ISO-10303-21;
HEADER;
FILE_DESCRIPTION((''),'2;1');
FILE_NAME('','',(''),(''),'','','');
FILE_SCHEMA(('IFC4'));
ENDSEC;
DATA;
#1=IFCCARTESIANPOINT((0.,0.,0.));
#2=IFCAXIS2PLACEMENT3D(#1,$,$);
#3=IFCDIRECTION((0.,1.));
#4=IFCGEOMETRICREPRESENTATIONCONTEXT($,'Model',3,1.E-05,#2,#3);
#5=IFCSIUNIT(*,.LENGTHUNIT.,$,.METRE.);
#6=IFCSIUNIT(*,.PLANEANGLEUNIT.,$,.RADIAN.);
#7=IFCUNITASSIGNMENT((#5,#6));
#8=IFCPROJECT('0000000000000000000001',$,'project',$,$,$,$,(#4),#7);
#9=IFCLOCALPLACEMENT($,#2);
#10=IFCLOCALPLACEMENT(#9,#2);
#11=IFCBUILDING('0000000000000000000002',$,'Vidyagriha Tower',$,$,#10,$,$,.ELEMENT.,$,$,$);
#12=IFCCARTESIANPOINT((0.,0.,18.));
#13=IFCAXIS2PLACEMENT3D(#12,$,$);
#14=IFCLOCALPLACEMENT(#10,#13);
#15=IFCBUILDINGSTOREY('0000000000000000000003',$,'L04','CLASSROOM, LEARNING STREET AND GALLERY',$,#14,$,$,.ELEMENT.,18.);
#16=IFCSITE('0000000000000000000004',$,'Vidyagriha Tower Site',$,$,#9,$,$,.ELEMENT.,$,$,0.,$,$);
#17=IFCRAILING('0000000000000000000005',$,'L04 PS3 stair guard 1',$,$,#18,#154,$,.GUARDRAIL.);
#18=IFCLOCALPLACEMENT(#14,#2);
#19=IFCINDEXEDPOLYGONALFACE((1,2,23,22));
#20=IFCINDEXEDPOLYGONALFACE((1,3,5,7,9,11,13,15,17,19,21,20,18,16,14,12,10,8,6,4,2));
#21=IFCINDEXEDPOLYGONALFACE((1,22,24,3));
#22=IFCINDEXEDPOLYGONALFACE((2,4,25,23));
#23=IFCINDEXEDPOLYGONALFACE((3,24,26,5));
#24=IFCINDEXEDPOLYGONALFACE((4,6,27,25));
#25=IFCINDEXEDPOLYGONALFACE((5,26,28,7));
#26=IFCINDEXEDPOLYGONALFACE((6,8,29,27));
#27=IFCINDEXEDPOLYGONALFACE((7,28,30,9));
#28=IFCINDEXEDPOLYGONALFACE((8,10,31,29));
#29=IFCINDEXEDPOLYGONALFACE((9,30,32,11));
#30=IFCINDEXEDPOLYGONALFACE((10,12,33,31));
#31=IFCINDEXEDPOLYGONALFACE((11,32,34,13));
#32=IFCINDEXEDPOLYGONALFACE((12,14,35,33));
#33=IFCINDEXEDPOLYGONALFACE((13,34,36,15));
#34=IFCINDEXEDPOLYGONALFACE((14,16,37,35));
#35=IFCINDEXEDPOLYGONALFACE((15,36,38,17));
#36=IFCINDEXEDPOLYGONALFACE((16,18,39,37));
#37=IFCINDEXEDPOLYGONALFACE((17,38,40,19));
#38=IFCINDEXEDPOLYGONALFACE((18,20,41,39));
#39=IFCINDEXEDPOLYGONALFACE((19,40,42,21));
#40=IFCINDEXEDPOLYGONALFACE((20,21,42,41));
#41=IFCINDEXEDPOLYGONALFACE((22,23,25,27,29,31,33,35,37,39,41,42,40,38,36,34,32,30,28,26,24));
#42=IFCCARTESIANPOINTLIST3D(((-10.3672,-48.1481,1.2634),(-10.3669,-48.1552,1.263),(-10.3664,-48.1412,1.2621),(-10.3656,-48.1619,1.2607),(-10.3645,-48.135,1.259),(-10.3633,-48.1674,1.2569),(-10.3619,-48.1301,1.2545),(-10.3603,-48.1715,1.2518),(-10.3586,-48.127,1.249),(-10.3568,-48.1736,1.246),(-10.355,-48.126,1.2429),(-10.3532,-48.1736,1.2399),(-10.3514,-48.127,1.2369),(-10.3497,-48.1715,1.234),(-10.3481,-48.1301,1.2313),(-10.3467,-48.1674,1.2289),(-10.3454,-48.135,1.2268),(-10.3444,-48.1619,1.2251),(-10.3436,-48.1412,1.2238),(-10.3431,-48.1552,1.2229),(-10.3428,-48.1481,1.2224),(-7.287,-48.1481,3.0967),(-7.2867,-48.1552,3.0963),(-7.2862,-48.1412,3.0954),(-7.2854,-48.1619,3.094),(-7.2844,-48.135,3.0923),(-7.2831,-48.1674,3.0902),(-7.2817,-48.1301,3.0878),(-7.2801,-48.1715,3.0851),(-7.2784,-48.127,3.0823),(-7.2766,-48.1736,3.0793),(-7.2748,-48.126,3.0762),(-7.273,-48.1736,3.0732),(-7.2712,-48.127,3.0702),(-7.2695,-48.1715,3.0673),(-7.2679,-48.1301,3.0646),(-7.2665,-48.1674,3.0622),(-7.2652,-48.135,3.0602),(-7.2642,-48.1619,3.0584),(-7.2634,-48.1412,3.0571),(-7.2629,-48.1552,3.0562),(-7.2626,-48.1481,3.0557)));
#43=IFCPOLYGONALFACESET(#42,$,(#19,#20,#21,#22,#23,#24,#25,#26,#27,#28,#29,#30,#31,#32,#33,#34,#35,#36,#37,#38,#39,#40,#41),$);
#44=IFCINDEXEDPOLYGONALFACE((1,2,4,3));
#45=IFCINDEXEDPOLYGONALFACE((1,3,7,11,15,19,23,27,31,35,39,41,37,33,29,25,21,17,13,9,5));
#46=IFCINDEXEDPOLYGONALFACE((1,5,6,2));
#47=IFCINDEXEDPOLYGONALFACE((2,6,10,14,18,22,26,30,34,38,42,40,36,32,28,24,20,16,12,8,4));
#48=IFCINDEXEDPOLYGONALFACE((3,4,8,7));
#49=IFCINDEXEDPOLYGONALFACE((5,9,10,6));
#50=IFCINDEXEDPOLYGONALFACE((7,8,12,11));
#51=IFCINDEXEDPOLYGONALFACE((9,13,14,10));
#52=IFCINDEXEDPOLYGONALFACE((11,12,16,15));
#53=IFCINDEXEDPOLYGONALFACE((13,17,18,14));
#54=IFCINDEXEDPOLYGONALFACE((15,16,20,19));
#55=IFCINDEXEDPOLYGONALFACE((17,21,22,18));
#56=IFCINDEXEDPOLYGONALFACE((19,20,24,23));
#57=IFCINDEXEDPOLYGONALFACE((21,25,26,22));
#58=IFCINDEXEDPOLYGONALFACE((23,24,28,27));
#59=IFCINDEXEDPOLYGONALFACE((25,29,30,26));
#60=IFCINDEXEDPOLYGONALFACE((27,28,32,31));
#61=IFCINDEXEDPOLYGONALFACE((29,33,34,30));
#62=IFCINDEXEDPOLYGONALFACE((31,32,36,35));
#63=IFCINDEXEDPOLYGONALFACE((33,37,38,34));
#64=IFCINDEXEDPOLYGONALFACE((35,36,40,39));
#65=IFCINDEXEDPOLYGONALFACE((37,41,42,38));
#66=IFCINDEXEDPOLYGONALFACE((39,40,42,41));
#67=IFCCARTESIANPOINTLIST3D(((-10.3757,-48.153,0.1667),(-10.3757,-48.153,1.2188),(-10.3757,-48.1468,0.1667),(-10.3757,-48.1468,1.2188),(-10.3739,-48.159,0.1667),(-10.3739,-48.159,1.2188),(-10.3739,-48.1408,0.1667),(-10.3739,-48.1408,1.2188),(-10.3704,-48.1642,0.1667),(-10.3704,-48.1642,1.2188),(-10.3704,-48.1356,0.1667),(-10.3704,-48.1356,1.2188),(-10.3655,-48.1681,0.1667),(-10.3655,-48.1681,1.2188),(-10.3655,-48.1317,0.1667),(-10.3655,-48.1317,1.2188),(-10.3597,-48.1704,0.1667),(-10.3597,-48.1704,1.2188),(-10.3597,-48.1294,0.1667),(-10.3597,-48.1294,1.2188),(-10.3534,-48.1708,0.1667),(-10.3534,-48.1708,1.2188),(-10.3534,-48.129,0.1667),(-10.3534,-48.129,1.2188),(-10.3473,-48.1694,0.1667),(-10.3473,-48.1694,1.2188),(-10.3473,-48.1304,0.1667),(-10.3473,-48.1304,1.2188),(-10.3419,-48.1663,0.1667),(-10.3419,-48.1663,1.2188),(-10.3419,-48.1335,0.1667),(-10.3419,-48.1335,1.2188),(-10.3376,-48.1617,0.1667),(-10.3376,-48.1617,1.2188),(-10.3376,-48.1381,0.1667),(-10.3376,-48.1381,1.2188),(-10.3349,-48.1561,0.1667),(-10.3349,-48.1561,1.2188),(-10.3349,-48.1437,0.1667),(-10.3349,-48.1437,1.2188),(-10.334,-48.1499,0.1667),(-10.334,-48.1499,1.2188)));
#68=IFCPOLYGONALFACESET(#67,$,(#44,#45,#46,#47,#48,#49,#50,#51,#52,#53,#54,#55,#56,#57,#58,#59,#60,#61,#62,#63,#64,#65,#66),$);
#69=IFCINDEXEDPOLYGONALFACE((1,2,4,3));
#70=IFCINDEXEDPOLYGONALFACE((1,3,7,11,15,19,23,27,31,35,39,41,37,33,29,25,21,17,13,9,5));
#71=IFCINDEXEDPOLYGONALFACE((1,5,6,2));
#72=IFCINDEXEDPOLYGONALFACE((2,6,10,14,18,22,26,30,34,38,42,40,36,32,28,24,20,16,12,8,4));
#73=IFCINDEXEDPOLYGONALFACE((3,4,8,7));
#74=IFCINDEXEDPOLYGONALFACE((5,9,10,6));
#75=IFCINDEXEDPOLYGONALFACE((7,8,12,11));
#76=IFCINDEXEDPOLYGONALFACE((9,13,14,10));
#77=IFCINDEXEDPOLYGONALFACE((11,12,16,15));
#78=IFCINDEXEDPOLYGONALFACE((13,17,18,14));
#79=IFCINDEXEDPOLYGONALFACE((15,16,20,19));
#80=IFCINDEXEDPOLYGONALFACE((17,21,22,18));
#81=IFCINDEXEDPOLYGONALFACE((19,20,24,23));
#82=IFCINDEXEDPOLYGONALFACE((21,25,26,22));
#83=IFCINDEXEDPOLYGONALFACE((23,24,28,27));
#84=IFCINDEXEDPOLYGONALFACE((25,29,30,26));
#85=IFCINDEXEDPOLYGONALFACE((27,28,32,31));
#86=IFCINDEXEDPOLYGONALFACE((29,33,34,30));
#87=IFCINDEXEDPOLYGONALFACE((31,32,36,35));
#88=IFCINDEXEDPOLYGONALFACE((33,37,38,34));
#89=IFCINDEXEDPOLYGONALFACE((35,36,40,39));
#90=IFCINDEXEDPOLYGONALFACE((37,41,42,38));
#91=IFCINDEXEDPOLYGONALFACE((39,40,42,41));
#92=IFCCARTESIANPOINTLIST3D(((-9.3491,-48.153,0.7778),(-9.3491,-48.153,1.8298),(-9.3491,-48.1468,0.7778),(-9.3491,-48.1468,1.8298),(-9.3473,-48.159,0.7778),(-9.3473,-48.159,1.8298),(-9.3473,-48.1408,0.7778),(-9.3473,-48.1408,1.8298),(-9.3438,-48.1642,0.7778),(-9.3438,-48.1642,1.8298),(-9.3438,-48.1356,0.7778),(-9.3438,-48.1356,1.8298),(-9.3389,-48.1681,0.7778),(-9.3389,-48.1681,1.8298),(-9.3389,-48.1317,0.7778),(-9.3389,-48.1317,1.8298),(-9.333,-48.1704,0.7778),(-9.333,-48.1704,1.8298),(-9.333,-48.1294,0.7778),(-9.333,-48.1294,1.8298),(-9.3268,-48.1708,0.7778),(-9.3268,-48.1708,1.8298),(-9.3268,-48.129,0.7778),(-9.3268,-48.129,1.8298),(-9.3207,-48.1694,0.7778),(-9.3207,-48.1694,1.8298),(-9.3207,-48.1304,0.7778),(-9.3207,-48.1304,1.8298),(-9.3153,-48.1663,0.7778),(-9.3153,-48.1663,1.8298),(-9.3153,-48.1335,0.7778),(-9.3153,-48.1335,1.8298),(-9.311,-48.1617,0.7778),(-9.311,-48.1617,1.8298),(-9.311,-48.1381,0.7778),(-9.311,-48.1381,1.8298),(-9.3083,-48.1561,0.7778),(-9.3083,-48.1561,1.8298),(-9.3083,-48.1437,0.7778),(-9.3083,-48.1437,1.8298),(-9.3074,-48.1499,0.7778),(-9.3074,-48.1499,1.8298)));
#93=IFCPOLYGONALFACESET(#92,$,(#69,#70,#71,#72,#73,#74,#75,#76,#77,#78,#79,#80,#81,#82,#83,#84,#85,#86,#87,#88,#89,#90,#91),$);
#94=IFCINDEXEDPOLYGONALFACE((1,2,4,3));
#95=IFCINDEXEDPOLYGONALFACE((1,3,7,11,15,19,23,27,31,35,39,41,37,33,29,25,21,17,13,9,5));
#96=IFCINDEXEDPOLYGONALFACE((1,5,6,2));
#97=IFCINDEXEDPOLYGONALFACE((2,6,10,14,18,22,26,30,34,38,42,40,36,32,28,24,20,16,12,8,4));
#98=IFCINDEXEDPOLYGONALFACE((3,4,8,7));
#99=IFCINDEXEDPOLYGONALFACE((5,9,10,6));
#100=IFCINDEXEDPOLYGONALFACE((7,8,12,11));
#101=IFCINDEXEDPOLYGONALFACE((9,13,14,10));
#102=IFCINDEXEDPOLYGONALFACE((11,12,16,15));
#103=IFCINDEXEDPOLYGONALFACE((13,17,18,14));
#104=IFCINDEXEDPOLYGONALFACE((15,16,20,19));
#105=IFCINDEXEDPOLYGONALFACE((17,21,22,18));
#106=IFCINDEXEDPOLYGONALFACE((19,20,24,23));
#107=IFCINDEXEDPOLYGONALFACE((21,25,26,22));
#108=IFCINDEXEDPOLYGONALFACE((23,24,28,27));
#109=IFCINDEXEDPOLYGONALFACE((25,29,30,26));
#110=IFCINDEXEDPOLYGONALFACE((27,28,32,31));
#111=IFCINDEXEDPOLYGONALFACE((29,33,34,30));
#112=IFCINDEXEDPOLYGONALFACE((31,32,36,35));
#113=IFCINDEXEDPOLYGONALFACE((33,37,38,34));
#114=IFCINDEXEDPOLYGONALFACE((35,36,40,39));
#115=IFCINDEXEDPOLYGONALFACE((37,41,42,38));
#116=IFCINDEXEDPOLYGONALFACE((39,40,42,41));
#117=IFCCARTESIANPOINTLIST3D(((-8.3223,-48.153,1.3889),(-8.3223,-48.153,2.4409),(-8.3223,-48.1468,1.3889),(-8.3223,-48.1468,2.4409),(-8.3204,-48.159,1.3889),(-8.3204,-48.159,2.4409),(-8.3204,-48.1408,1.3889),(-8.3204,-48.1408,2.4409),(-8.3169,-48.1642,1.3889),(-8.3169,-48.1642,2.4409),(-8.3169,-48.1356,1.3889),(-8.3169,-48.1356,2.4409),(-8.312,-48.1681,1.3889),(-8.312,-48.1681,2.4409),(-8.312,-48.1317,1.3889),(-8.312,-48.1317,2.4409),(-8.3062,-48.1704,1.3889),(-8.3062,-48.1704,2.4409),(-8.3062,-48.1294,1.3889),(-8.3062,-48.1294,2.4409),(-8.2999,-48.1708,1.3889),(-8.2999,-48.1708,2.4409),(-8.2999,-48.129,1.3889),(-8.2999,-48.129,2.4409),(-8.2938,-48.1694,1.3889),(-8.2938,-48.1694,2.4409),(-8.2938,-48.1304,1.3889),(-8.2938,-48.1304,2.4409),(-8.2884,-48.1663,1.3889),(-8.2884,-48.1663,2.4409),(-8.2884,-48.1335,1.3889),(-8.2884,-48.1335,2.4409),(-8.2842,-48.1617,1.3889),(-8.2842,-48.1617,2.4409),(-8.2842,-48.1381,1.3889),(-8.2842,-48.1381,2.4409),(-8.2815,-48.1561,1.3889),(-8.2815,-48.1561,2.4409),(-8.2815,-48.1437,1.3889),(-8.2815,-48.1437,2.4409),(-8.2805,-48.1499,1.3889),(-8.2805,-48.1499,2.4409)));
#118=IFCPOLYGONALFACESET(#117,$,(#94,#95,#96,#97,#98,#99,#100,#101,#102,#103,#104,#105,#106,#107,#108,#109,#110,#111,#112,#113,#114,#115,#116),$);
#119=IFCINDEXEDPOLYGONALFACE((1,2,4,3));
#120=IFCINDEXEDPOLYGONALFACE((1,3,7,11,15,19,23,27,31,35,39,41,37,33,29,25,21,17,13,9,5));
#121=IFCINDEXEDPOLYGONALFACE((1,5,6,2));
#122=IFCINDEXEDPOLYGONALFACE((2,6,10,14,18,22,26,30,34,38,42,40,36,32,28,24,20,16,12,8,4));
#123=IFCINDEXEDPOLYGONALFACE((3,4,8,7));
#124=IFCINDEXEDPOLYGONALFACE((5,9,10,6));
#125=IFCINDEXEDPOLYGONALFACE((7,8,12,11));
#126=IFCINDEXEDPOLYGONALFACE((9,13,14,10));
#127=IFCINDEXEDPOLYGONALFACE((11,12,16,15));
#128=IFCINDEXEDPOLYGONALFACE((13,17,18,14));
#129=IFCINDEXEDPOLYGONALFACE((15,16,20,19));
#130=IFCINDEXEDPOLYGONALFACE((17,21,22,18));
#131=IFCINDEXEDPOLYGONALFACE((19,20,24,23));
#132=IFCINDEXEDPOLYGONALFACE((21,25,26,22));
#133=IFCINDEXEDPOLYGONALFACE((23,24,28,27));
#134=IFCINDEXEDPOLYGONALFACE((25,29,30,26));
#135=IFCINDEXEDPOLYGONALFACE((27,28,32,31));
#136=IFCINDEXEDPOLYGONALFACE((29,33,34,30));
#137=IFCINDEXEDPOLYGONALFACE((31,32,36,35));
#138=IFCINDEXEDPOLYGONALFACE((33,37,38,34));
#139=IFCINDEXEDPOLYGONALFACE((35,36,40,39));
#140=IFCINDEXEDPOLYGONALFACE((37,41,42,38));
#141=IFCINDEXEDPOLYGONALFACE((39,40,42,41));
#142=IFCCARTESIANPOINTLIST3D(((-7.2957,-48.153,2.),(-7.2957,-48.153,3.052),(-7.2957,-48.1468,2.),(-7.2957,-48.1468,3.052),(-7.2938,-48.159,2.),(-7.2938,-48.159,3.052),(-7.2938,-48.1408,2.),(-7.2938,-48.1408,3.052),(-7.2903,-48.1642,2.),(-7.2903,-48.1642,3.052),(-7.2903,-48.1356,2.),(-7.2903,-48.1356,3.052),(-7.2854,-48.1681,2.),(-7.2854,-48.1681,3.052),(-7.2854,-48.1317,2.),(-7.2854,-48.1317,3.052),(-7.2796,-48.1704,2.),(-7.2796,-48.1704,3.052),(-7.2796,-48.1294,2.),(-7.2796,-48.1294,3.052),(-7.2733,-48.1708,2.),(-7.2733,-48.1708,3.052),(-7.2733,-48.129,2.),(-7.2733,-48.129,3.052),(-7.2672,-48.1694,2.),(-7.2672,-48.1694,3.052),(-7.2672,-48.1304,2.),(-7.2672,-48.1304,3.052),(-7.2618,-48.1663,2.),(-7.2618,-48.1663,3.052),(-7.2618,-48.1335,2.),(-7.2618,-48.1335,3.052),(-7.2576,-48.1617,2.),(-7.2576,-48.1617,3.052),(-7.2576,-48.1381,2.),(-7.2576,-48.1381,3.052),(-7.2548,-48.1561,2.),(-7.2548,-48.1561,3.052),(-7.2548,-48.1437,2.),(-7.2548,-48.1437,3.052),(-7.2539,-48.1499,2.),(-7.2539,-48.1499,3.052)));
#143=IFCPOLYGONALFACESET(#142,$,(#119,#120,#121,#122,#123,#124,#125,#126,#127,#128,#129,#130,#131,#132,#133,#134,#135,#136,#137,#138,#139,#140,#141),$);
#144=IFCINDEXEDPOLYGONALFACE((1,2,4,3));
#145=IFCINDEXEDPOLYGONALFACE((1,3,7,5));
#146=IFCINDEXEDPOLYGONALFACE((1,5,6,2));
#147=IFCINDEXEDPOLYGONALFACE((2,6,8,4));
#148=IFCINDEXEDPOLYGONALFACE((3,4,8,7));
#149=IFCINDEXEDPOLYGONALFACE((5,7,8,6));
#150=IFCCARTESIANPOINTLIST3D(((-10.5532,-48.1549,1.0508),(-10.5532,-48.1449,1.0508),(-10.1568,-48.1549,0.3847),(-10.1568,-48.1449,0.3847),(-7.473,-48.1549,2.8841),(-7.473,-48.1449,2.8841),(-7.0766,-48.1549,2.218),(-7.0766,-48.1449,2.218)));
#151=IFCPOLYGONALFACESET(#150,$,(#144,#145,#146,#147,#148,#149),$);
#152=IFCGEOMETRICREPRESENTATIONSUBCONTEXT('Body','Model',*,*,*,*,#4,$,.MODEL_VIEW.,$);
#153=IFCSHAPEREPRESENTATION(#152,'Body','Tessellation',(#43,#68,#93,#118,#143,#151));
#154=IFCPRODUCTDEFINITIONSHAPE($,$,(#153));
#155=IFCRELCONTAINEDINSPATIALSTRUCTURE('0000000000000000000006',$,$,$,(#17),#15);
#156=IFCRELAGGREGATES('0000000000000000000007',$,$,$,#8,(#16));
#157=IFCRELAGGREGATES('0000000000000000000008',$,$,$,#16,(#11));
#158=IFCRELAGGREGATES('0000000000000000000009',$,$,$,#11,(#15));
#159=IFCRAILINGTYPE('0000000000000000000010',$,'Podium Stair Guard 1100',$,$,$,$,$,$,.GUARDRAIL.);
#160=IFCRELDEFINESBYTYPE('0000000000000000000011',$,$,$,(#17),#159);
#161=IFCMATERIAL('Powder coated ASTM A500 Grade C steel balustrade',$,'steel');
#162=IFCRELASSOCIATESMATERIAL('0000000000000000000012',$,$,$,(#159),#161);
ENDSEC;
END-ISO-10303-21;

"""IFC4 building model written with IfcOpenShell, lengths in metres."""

from ifc_helpers import new_model, si_unit, direction, frame, origin, origin_2d, place, context, subcontext, project, spatial, rectangle, circle, extrude, material, type_object, element, save


model = new_model("IFC4")

# Units and contexts
model_context = context("Model", 3, precision=1e-05, world=origin(), true_north=direction((0.0, 1.0)))
body_context = subcontext(model_context, "Body", "Model", "MODEL_VIEW")
ifc_project = project(units=[si_unit("LENGTHUNIT", "METRE"), si_unit("PLANEANGLEUNIT", "RADIAN")], contexts=[model_context])

# Site, building, storey
site_placement = place(None, origin())
site = spatial("IfcSite", under=ifc_project, at=site_placement, Name="Vidyagriha Tower Site", CompositionType="ELEMENT", RefElevation=0.0)
building_placement = place(site_placement, origin())
building = spatial("IfcBuilding", under=site, at=building_placement, Name="Vidyagriha Tower", CompositionType="ELEMENT")
storey_placement = place(building_placement, frame((0.0, 0.0, 18.0)))
storey = spatial("IfcBuildingStorey", under=building, at=storey_placement, Name="L04", Description="CLASSROOM, LEARNING STREET AND GALLERY", CompositionType="ELEMENT", Elevation=18.0)

# Railing
ifc_material_1 = material(Name="Powder coated ASTM A500 Grade C steel balustrade", Category="steel")
railing_type_1 = type_object("IfcRailingType", Name="Podium Stair Guard 1100", PredefinedType="GUARDRAIL", material=ifc_material_1)
railing_1_placement = place(storey_placement, frame((-10.355, -48.1499, 0.1667)))
element("IfcRailing", 1, at=railing_1_placement, inside=storey, type_object=railing_type_1, Name="L04 PS3 stair guard 1", PredefinedType="GUARDRAIL", context=body_context, shape_type="SweptSolid", body=[
    extrude(circle(Radius=0.0239, at=origin_2d()), frame((0.0, 0.0, 1.0762), z_axis=(0.859309, 0.0, 0.511458), x_axis=(0.0, 1.0, 0.0)), (0.0, 0.0, 1.0), 3.5845),
    extrude(circle(Radius=0.021, at=origin_2d()), origin(), (0.0, 0.0, 1.0), 1.052),
    extrude(circle(Radius=0.021, at=origin_2d()), frame((1.0266, 0.0, 0.6111)), (0.0, 0.0, 1.0), 1.052),
    extrude(circle(Radius=0.021, at=origin_2d()), frame((2.0535, 0.0, 1.2222)), (0.0, 0.0, 1.0), 1.052),
    extrude(circle(Radius=0.021, at=origin_2d()), frame((3.0801, 0.0, 1.8333)), (0.0, 0.0, 1.0), 1.052),
    extrude(rectangle(XDim=0.01, YDim=0.7751, at=origin_2d()), frame((0.0, 0.0, 0.551), z_axis=(0.859309, 0.0, 0.511458), x_axis=(0.0, 1.0, 0.0)), (0.0, 0.0, 1.0), 3.5845),
])

save(model, "model.ifc")
